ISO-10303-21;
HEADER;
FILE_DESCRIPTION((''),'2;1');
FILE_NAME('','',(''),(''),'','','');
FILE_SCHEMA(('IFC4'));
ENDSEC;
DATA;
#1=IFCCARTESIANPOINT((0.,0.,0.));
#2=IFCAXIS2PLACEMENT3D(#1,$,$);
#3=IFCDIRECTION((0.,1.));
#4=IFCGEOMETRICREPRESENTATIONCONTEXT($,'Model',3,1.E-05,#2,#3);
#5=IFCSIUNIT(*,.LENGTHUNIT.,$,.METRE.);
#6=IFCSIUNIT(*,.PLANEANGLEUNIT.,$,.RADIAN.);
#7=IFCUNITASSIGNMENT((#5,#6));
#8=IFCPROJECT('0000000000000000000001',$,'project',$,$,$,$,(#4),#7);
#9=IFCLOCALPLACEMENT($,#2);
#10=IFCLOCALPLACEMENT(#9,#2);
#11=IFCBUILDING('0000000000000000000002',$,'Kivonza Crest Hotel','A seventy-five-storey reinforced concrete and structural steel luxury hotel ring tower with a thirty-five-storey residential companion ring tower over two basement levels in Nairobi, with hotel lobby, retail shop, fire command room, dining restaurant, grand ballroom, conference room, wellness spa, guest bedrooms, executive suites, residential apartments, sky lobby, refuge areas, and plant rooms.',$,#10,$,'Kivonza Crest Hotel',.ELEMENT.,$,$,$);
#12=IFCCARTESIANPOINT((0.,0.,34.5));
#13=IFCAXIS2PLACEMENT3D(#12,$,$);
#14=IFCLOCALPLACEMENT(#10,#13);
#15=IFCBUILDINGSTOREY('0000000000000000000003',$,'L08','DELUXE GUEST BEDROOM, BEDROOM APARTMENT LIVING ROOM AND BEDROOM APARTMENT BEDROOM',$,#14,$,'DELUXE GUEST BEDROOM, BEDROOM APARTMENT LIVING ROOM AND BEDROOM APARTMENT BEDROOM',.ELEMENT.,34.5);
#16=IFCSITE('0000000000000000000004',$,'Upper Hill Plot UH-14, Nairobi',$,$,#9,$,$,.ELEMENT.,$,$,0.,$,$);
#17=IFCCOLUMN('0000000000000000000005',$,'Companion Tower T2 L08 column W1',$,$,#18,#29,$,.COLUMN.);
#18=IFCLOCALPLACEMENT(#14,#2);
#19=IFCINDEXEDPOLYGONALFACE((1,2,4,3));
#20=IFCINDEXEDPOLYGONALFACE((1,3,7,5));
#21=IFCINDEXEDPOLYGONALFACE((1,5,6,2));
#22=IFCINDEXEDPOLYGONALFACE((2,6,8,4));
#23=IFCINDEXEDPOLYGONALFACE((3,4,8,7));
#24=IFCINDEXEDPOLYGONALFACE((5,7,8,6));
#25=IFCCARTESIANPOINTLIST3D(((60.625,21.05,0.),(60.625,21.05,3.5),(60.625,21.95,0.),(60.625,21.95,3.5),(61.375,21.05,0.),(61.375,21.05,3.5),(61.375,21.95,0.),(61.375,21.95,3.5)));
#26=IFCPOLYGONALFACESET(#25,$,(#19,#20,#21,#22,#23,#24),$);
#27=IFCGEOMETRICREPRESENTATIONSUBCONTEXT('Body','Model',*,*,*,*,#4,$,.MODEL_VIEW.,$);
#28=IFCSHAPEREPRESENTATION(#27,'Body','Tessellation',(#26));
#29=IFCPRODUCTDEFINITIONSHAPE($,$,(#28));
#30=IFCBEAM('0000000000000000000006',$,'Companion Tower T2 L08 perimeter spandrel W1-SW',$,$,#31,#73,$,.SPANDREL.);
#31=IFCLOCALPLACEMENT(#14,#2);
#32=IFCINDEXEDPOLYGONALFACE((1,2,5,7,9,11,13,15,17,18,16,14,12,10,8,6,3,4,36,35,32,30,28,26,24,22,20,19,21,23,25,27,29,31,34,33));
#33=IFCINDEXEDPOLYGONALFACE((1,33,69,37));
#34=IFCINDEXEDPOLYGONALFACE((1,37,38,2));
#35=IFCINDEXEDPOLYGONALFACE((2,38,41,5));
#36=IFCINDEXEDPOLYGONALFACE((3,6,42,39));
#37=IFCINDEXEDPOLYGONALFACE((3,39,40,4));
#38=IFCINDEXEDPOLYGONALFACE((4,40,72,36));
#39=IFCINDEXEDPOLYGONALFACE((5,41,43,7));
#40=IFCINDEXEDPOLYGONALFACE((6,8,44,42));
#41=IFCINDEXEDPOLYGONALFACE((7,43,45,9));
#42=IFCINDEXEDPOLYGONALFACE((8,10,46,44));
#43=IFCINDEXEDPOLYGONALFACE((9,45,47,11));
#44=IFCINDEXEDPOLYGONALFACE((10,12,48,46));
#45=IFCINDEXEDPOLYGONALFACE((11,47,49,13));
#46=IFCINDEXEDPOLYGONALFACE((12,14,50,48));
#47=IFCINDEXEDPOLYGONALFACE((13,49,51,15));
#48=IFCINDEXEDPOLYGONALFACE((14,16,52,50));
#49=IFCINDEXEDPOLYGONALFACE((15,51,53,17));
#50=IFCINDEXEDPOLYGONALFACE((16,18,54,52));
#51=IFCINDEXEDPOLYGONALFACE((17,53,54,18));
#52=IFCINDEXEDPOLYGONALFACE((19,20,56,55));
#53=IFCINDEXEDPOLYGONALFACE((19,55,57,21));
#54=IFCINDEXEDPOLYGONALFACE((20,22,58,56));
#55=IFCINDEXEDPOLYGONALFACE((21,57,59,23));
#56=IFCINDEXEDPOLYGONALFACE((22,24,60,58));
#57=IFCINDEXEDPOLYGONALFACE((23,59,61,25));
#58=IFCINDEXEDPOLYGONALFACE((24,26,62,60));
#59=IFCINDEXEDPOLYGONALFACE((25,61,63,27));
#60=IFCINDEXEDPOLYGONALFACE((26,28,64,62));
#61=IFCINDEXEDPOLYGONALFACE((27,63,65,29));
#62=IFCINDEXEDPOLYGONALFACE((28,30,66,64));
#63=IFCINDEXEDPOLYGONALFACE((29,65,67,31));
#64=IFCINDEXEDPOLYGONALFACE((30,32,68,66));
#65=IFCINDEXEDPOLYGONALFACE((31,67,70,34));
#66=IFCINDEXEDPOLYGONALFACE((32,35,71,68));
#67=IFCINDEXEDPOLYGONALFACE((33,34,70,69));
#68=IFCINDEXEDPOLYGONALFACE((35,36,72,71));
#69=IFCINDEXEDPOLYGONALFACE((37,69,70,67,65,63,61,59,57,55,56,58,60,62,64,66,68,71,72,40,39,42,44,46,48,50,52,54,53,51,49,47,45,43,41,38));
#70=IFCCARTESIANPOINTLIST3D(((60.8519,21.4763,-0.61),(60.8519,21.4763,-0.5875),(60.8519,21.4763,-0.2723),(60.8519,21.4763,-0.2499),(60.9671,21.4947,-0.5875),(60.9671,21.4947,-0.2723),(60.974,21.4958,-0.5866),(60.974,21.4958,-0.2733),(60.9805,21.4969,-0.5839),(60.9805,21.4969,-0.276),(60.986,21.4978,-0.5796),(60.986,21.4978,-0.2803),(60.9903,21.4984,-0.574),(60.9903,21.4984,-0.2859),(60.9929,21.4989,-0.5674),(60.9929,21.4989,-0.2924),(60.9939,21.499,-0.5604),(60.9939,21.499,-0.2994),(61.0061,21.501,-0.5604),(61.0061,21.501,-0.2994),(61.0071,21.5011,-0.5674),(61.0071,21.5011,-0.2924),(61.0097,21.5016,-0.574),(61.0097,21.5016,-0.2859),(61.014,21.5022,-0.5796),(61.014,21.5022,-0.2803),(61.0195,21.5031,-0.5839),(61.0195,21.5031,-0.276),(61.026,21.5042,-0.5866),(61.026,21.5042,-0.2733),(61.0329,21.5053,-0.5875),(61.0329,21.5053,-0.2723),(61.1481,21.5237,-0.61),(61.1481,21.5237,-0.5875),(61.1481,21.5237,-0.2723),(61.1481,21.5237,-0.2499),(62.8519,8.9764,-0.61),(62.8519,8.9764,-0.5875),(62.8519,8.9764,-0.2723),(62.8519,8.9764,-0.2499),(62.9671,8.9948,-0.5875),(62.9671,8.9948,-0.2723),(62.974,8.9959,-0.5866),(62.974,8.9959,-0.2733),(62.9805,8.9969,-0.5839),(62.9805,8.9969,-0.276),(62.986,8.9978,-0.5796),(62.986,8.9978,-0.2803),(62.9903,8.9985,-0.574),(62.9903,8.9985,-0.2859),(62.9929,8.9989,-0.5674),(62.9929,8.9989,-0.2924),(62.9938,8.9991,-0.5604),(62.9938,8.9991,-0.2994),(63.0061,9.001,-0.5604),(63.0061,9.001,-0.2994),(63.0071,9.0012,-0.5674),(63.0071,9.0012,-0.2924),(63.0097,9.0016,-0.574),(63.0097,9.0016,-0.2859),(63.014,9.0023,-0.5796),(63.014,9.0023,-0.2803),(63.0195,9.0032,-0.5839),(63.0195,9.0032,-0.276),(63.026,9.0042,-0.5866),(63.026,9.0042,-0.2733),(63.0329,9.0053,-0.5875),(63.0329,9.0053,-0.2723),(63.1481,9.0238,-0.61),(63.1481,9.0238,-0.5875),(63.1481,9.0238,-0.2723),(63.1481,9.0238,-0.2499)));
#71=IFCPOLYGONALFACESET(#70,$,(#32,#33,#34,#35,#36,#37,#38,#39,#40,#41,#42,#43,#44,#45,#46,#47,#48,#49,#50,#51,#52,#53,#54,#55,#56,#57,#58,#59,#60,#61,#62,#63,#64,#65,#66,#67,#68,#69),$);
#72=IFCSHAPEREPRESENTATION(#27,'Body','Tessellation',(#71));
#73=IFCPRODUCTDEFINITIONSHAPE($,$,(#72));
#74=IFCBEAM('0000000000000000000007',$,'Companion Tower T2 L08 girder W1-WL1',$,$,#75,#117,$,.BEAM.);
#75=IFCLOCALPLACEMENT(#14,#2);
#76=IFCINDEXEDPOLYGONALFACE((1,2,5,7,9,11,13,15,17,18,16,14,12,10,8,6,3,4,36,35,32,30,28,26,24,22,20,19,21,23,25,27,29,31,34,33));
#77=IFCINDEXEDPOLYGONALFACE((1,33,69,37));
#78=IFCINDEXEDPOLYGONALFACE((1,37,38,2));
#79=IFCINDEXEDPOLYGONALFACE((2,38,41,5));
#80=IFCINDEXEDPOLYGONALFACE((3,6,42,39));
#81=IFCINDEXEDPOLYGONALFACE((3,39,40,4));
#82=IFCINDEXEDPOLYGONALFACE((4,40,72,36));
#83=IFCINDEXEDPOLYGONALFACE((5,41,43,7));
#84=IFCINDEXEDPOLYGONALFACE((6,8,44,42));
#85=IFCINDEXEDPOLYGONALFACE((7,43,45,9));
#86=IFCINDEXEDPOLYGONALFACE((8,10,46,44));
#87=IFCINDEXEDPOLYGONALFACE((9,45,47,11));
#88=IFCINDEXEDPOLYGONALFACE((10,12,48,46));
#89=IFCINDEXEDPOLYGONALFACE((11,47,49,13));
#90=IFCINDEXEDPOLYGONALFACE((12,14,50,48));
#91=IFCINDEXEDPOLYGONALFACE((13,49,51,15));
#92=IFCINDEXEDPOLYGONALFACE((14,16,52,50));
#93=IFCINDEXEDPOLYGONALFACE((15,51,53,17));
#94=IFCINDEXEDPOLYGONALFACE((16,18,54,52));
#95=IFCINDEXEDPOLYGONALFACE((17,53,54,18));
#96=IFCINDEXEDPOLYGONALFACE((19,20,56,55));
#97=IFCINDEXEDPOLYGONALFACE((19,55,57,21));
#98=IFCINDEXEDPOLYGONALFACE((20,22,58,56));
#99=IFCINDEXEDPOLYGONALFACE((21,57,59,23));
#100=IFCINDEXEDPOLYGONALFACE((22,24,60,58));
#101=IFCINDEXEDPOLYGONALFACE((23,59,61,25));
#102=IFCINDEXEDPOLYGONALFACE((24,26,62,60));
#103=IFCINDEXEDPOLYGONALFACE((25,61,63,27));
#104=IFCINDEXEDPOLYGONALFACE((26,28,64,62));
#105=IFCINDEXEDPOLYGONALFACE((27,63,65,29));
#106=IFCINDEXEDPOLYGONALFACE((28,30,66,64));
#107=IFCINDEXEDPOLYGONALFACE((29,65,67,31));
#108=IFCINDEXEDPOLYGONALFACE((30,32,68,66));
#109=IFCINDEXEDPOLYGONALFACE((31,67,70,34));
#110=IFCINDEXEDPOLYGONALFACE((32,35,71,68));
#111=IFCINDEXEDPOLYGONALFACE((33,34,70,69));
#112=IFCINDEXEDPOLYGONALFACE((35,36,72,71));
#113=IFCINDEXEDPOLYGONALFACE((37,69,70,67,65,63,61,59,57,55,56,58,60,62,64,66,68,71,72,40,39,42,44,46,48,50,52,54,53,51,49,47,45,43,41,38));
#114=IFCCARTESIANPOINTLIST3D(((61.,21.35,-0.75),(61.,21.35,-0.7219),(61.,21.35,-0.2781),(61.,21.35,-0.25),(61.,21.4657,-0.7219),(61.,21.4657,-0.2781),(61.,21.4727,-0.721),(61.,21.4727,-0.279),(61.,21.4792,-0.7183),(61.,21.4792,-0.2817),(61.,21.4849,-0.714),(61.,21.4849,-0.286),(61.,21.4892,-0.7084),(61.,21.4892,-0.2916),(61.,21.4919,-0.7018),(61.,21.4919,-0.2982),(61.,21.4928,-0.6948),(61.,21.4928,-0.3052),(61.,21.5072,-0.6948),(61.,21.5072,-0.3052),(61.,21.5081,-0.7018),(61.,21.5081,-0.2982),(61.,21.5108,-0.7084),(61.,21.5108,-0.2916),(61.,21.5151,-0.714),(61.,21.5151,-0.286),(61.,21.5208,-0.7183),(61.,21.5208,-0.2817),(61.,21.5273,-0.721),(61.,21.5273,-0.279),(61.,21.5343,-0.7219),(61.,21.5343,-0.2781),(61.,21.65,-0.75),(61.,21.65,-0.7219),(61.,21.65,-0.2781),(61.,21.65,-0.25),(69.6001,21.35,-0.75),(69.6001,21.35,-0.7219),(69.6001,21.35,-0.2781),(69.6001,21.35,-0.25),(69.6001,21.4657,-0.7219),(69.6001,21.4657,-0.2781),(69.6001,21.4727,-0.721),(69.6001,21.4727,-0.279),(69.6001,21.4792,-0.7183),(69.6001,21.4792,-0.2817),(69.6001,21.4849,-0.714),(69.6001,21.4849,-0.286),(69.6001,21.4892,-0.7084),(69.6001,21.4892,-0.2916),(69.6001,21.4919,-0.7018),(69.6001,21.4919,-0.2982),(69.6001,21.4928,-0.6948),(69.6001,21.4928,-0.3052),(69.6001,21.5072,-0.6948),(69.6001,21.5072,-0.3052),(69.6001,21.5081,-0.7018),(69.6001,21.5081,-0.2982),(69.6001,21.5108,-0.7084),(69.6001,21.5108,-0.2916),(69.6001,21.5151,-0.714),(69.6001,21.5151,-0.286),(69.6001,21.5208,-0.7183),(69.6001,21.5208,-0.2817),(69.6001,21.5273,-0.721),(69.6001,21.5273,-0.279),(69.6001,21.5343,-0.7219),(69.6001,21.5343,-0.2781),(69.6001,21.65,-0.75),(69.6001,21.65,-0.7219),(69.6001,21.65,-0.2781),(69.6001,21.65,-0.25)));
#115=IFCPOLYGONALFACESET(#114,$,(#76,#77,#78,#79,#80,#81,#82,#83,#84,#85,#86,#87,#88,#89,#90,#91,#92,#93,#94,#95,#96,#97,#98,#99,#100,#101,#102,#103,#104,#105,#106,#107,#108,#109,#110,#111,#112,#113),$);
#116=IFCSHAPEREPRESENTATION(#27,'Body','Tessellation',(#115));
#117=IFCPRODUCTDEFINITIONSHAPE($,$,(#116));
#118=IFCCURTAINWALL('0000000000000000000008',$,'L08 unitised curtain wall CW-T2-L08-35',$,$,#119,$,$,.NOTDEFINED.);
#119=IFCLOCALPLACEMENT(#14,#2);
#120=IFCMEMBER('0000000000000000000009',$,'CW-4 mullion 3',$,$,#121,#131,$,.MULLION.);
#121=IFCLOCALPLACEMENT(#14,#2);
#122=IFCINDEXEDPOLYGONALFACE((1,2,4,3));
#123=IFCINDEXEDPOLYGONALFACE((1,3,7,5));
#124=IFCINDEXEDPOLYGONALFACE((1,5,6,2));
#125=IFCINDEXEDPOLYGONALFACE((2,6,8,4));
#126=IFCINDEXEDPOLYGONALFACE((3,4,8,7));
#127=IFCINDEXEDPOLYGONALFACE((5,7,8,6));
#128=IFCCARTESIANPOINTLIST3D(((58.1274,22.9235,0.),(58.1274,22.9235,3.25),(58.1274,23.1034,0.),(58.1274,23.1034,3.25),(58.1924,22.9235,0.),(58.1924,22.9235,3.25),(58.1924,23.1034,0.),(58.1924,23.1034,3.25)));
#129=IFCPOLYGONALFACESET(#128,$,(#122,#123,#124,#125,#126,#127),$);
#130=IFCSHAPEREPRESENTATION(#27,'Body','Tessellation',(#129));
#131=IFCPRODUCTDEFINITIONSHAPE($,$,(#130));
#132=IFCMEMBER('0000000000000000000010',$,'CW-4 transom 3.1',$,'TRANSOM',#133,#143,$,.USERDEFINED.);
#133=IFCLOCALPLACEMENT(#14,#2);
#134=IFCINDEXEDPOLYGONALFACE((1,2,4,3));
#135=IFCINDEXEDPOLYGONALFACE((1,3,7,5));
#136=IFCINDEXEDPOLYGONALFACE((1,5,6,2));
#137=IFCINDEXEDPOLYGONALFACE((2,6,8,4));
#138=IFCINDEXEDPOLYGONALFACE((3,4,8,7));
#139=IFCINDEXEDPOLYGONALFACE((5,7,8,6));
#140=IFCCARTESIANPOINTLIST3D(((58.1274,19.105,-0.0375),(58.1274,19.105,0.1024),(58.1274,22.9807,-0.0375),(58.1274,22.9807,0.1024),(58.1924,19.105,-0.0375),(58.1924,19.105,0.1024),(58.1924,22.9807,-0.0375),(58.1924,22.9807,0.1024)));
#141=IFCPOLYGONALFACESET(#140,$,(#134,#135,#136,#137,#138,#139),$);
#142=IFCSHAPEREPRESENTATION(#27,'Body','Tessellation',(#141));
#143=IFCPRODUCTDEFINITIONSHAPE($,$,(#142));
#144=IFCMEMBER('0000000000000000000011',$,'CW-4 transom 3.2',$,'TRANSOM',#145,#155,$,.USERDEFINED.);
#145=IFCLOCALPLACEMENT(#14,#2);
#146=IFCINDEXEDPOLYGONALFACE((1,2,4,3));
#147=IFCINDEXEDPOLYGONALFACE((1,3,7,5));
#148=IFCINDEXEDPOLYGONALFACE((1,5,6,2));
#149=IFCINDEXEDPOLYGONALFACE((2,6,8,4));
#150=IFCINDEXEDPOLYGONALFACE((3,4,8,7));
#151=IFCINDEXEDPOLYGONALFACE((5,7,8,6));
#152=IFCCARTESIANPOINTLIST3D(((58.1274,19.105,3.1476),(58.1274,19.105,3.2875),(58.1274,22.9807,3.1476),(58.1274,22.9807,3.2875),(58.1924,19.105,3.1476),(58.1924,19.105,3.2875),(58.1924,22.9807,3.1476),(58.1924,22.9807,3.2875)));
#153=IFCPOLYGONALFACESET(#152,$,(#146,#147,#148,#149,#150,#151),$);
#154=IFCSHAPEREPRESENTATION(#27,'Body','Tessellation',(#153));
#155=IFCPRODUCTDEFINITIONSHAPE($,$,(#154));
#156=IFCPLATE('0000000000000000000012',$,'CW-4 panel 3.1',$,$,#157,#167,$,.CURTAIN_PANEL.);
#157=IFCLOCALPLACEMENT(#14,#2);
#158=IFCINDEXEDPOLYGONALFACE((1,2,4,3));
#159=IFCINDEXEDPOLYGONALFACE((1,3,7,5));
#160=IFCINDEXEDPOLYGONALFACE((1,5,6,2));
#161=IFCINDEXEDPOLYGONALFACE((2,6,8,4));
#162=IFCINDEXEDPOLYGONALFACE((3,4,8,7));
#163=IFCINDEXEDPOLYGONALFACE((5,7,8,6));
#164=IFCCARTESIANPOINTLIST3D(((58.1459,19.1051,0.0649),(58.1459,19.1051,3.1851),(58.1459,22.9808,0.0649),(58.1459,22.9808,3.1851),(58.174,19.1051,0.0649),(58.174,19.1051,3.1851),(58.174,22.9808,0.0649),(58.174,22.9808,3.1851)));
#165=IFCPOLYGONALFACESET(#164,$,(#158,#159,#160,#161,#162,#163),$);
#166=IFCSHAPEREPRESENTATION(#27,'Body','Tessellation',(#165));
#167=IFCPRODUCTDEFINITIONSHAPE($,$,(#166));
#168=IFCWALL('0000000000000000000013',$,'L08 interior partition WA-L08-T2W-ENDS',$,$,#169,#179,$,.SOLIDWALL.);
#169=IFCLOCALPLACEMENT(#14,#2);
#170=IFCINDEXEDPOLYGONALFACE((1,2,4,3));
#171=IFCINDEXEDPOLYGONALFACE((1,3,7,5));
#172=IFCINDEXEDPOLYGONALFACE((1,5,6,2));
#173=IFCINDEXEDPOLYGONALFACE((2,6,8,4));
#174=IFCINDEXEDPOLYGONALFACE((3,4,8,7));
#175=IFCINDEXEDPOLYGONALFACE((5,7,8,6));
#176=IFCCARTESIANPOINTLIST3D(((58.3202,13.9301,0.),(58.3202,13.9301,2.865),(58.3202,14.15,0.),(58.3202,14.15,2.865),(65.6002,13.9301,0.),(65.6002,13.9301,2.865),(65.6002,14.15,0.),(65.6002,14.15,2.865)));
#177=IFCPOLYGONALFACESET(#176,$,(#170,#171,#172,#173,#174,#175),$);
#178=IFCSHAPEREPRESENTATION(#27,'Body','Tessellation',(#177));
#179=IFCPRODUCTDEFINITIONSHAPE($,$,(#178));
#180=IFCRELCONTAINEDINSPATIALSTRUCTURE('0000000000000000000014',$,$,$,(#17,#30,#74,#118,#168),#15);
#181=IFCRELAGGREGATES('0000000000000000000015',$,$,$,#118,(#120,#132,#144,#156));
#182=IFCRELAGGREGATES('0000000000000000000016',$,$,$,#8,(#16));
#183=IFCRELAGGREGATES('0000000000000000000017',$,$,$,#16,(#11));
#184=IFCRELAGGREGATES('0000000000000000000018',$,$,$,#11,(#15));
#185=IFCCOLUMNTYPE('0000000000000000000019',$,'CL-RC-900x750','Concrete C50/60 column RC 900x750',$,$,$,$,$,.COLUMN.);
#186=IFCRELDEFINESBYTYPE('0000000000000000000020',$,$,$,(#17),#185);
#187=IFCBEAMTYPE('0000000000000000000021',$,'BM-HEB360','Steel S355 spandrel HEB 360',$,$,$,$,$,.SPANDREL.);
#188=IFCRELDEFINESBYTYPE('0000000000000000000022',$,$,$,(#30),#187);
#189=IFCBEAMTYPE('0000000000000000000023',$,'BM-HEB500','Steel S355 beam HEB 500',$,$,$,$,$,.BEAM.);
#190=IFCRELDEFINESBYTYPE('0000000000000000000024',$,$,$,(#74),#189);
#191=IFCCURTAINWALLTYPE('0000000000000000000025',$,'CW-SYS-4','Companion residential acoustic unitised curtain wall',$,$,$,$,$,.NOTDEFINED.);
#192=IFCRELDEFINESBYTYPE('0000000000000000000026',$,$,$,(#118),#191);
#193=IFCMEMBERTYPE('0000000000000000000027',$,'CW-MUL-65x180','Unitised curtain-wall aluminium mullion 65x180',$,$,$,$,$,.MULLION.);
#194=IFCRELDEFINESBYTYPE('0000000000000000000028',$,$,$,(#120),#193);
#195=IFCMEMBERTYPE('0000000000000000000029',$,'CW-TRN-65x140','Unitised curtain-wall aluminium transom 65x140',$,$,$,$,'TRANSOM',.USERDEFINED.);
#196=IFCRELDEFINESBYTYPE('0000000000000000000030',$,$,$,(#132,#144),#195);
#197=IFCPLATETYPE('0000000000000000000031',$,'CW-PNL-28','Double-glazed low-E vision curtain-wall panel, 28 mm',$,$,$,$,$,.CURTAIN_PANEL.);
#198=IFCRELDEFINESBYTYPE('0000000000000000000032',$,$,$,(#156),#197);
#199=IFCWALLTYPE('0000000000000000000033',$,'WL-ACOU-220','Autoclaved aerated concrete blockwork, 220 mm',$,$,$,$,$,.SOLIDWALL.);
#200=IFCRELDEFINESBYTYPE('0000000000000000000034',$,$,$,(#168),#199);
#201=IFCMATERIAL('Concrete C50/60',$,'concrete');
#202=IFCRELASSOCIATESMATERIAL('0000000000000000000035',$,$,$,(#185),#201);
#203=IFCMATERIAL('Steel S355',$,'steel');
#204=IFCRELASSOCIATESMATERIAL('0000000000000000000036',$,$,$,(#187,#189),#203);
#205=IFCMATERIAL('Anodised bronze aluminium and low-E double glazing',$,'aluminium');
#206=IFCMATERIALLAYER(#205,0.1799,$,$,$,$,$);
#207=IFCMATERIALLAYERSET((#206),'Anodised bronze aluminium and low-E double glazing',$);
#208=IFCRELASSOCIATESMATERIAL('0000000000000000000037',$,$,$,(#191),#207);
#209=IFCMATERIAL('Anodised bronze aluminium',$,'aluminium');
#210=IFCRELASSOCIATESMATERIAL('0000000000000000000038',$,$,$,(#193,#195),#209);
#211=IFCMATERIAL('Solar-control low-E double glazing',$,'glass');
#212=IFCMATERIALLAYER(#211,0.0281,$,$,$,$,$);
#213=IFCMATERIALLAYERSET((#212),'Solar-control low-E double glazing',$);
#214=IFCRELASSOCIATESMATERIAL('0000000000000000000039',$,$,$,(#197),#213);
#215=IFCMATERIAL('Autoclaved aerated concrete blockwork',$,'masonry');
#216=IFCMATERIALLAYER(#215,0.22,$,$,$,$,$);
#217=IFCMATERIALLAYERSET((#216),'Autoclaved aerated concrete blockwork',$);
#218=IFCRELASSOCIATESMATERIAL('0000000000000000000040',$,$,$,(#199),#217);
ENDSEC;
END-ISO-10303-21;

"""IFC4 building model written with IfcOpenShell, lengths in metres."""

from ifc_helpers import new_model, si_unit, direction, frame, frame_2d, origin, origin_2d, place, context, subcontext, project, spatial, rectangle, i_section, extrude, material, layer, layer_set, material_profile, profile_set, type_object, element, aggregate, save


model = new_model("IFC4")

# Units and contexts
model_context = context("Model", 3, precision=1e-05, world=origin(), true_north=direction((0.0, 1.0)))
body_context = subcontext(model_context, "Body", "Model", "MODEL_VIEW")
ifc_project = project(units=[si_unit("LENGTHUNIT", "METRE"), si_unit("PLANEANGLEUNIT", "RADIAN")], contexts=[model_context])

# Site, building, storey
site_placement = place(None, origin())
site = spatial("IfcSite", under=ifc_project, at=site_placement, Name="Upper Hill Plot UH-14, Nairobi", CompositionType="ELEMENT", RefElevation=0.0)
building_placement = place(site_placement, origin())
building = spatial("IfcBuilding", under=site, at=building_placement, Name="Kivonza Crest Hotel", Description="A seventy-five-storey reinforced concrete and structural steel luxury hotel ring tower with a thirty-five-storey residential companion ring tower over two basement levels in Nairobi, with hotel lobby, retail shop, fire command room, dining restaurant, grand ballroom, conference room, wellness spa, guest bedrooms, executive suites, residential apartments, sky lobby, refuge areas, and plant rooms.", LongName="Kivonza Crest Hotel", CompositionType="ELEMENT")
storey_placement = place(building_placement, frame((0.0, 0.0, 34.5)))
storey = spatial("IfcBuildingStorey", under=building, at=storey_placement, Name="L08", Description="DELUXE GUEST BEDROOM, BEDROOM APARTMENT LIVING ROOM AND BEDROOM APARTMENT BEDROOM", LongName="DELUXE GUEST BEDROOM, BEDROOM APARTMENT LIVING ROOM AND BEDROOM APARTMENT BEDROOM", CompositionType="ELEMENT", Elevation=34.5)

# Column
ifc_material_1 = material(Name="Concrete C50/60", Category="concrete")
ifc_material_profile_1 = material_profile(ifc_material_1, rectangle(XDim=0.75, YDim=0.8999, at=origin_2d()), Name="RC 900x750")
ifc_profile_set_1 = profile_set([ifc_material_profile_1], Name="Concrete C50/60")
column_type = type_object("IfcColumnType", Name="CL-RC-900x750", Description="Concrete C50/60 column RC 900x750", PredefinedType="COLUMN", material=ifc_profile_set_1)
column_placement = place(storey_placement, frame((61.0, 21.5, 0.0), z_axis=(0.0, 0.0, 1.0), x_axis=(1.0, 0.0, 0.0)))
element("IfcColumn", 1, at=column_placement, inside=storey, type_object=column_type, Name="Companion Tower T2 L08 column W1", PredefinedType="COLUMN", context=body_context, shape_type="SweptSolid", body=[
    extrude(rectangle(XDim=0.75, YDim=0.8999, at=origin_2d()), origin(), (0.0, 0.0, 1.0), 3.5),
])

# Beams
ifc_material_2 = material(Name="Steel S355", Category="steel")
ifc_material_profile_2 = material_profile(ifc_material_2, i_section(OverallWidth=0.3, OverallDepth=0.3601, WebThickness=0.0125, FlangeThickness=0.0225, FilletRadius=0.0271, at=origin_2d()), Name="HEB 360")
ifc_profile_set_2 = profile_set([ifc_material_profile_2], Name="Steel S355")
beam_type_1 = type_object("IfcBeamType", Name="BM-HEB360", Description="Steel S355 spandrel HEB 360", PredefinedType="SPANDREL", material=ifc_profile_set_2)
beam_1_placement = place(storey_placement, frame((61.0, 21.5, -0.4299), z_axis=(0.157991, -0.987441, 0.0), x_axis=(0.987441, 0.157991, 0.0)))
element("IfcBeam", 2, at=beam_1_placement, inside=storey, type_object=beam_type_1, Name="Companion Tower T2 L08 perimeter spandrel W1-SW", PredefinedType="SPANDREL", context=body_context, shape_type="SweptSolid", body=[
    extrude(i_section(OverallWidth=0.3, OverallDepth=0.3601, WebThickness=0.0125, FlangeThickness=0.0225, FilletRadius=0.0271, at=origin_2d()), origin(), (0.0, 0.0, 1.0), 12.6589),
])
ifc_material_profile_3 = material_profile(ifc_material_2, i_section(OverallWidth=0.3, OverallDepth=0.5, WebThickness=0.0144, FlangeThickness=0.0281, FilletRadius=0.0271, at=origin_2d()), Name="HEB 500")
ifc_profile_set_3 = profile_set([ifc_material_profile_3], Name="Steel S355")
beam_type_2 = type_object("IfcBeamType", Name="BM-HEB500", Description="Steel S355 beam HEB 500", PredefinedType="BEAM", material=ifc_profile_set_3)
beam_2_placement = place(storey_placement, frame((61.0, 21.5, -0.5), z_axis=(1.0, 0.0, 0.0), x_axis=(0.0, 1.0, 0.0)))
element("IfcBeam", 3, at=beam_2_placement, inside=storey, type_object=beam_type_2, Name="Companion Tower T2 L08 girder W1-WL1", PredefinedType="BEAM", context=body_context, shape_type="SweptSolid", body=[
    extrude(i_section(OverallWidth=0.3, OverallDepth=0.5, WebThickness=0.0144, FlangeThickness=0.0281, FilletRadius=0.0271, at=origin_2d()), origin(), (0.0, 0.0, 1.0), 8.6001),
])

# Curtain wall, members, plate
ifc_material_3 = material(Name="Anodised bronze aluminium and low-E double glazing", Category="aluminium")
ifc_layer_1 = layer(ifc_material_3, 0.1799)
ifc_layer_set_1 = layer_set([ifc_layer_1], Name="Anodised bronze aluminium and low-E double glazing")
curtain_wall_type = type_object("IfcCurtainWallType", Name="CW-SYS-4", Description="Companion residential acoustic unitised curtain wall", PredefinedType="NOTDEFINED", material=ifc_layer_set_1)
curtain_wall_placement = place(storey_placement, origin())
curtain_wall = element("IfcCurtainWall", 4, at=curtain_wall_placement, inside=storey, type_object=curtain_wall_type, Name="L08 unitised curtain wall CW-T2-L08-35", PredefinedType="NOTDEFINED")
ifc_material_4 = material(Name="Anodised bronze aluminium", Category="aluminium")
ifc_material_profile_4 = material_profile(ifc_material_4, rectangle(XDim=0.0649, YDim=0.1799, at=origin_2d()), Name="CW-M 65x180")
ifc_profile_set_4 = profile_set([ifc_material_profile_4], Name="Anodised bronze aluminium")
member_type_1 = type_object("IfcMemberType", Name="CW-MUL-65x180", Description="Unitised curtain-wall aluminium mullion 65x180", PredefinedType="MULLION", material=ifc_profile_set_4)
member_1_placement = place(storey_placement, frame((58.1599, 23.0134, 0.0), z_axis=(0.0, 0.0, 1.0), x_axis=(1.0, 0.0, 0.0)))
member_1 = element("IfcMember", 5, at=member_1_placement, type_object=member_type_1, Name="CW-4 mullion 3", PredefinedType="MULLION", context=body_context, shape_type="SweptSolid", body=[
    extrude(rectangle(XDim=0.0649, YDim=0.1799, at=origin_2d()), origin(), (0.0, 0.0, 1.0), 3.25),
])
ifc_material_profile_5 = material_profile(ifc_material_4, rectangle(XDim=0.0649, YDim=0.1399, at=origin_2d()), Name="CW-T 65x140")
ifc_profile_set_5 = profile_set([ifc_material_profile_5], Name="Anodised bronze aluminium")
member_type_2 = type_object("IfcMemberType", Name="CW-TRN-65x140", Description="Unitised curtain-wall aluminium transom 65x140", ElementType="TRANSOM", PredefinedType="USERDEFINED", material=ifc_profile_set_5)
member_2_placement = place(storey_placement, frame((58.1599, 22.9807, 0.0325), z_axis=(0.0, -1.0, 0.0), x_axis=(1.0, 0.0, 0.0)))
member_2 = element("IfcMember", 6, at=member_2_placement, type_object=member_type_2, Name="CW-4 transom 3.1", ObjectType="TRANSOM", PredefinedType="USERDEFINED", context=body_context, shape_type="SweptSolid", body=[
    extrude(rectangle(XDim=0.0649, YDim=0.1399, at=origin_2d()), origin(), (0.0, 0.0, 1.0), 3.8757),
])
member_3_placement = place(storey_placement, frame((58.1599, 22.9807, 3.2175), z_axis=(0.0, -1.0, 0.0), x_axis=(1.0, 0.0, 0.0)))
member_3 = element("IfcMember", 7, at=member_3_placement, type_object=member_type_2, Name="CW-4 transom 3.2", ObjectType="TRANSOM", PredefinedType="USERDEFINED", context=body_context, shape_type="SweptSolid", body=[
    extrude(rectangle(XDim=0.0649, YDim=0.1399, at=origin_2d()), origin(), (0.0, 0.0, 1.0), 3.8757),
])
ifc_material_5 = material(Name="Solar-control low-E double glazing", Category="glass")
ifc_layer_2 = layer(ifc_material_5, 0.0281)
ifc_layer_set_2 = layer_set([ifc_layer_2], Name="Solar-control low-E double glazing")
plate_type = type_object("IfcPlateType", Name="CW-PNL-28", Description="Double-glazed low-E vision curtain-wall panel, 28 mm", PredefinedType="CURTAIN_PANEL", material=ifc_layer_set_2)
plate_placement = place(storey_placement, frame((58.1599, 21.043, 0.0649), z_axis=(0.0, 0.0, 1.0), x_axis=(0.0, -1.0, 0.0)))
plate = element("IfcPlate", 8, at=plate_placement, type_object=plate_type, Name="CW-4 panel 3.1", PredefinedType="CURTAIN_PANEL", context=body_context, shape_type="SweptSolid", body=[
    extrude(rectangle(XDim=3.8757, YDim=0.0281, at=origin_2d()), origin(), (0.0, 0.0, 1.0), 3.1201),
])
aggregate(curtain_wall, [member_1, member_2, member_3, plate])

# Wall
ifc_material_6 = material(Name="Autoclaved aerated concrete blockwork", Category="masonry")
ifc_layer_3 = layer(ifc_material_6, 0.22)
ifc_layer_set_3 = layer_set([ifc_layer_3], Name="Autoclaved aerated concrete blockwork")
wall_type_1 = type_object("IfcWallType", Name="WL-ACOU-220", Description="Autoclaved aerated concrete blockwork, 220 mm", PredefinedType="SOLIDWALL", material=ifc_layer_set_3)
wall_1_placement = place(storey_placement, frame((58.3201, 14.04, 0.0), z_axis=(0.0, 0.0, 1.0), x_axis=(1.0, 0.0, 0.0)))
element("IfcWall", 9, at=wall_1_placement, inside=storey, type_object=wall_type_1, Name="L08 interior partition WA-L08-T2W-ENDS", PredefinedType="SOLIDWALL", context=body_context, shape_type="SweptSolid", body=[
    extrude(rectangle(XDim=7.28, YDim=0.22, at=frame_2d((3.6401, 0.0))), origin(), (0.0, 0.0, 1.0), 2.865),
])

save(model, "model.ifc")
